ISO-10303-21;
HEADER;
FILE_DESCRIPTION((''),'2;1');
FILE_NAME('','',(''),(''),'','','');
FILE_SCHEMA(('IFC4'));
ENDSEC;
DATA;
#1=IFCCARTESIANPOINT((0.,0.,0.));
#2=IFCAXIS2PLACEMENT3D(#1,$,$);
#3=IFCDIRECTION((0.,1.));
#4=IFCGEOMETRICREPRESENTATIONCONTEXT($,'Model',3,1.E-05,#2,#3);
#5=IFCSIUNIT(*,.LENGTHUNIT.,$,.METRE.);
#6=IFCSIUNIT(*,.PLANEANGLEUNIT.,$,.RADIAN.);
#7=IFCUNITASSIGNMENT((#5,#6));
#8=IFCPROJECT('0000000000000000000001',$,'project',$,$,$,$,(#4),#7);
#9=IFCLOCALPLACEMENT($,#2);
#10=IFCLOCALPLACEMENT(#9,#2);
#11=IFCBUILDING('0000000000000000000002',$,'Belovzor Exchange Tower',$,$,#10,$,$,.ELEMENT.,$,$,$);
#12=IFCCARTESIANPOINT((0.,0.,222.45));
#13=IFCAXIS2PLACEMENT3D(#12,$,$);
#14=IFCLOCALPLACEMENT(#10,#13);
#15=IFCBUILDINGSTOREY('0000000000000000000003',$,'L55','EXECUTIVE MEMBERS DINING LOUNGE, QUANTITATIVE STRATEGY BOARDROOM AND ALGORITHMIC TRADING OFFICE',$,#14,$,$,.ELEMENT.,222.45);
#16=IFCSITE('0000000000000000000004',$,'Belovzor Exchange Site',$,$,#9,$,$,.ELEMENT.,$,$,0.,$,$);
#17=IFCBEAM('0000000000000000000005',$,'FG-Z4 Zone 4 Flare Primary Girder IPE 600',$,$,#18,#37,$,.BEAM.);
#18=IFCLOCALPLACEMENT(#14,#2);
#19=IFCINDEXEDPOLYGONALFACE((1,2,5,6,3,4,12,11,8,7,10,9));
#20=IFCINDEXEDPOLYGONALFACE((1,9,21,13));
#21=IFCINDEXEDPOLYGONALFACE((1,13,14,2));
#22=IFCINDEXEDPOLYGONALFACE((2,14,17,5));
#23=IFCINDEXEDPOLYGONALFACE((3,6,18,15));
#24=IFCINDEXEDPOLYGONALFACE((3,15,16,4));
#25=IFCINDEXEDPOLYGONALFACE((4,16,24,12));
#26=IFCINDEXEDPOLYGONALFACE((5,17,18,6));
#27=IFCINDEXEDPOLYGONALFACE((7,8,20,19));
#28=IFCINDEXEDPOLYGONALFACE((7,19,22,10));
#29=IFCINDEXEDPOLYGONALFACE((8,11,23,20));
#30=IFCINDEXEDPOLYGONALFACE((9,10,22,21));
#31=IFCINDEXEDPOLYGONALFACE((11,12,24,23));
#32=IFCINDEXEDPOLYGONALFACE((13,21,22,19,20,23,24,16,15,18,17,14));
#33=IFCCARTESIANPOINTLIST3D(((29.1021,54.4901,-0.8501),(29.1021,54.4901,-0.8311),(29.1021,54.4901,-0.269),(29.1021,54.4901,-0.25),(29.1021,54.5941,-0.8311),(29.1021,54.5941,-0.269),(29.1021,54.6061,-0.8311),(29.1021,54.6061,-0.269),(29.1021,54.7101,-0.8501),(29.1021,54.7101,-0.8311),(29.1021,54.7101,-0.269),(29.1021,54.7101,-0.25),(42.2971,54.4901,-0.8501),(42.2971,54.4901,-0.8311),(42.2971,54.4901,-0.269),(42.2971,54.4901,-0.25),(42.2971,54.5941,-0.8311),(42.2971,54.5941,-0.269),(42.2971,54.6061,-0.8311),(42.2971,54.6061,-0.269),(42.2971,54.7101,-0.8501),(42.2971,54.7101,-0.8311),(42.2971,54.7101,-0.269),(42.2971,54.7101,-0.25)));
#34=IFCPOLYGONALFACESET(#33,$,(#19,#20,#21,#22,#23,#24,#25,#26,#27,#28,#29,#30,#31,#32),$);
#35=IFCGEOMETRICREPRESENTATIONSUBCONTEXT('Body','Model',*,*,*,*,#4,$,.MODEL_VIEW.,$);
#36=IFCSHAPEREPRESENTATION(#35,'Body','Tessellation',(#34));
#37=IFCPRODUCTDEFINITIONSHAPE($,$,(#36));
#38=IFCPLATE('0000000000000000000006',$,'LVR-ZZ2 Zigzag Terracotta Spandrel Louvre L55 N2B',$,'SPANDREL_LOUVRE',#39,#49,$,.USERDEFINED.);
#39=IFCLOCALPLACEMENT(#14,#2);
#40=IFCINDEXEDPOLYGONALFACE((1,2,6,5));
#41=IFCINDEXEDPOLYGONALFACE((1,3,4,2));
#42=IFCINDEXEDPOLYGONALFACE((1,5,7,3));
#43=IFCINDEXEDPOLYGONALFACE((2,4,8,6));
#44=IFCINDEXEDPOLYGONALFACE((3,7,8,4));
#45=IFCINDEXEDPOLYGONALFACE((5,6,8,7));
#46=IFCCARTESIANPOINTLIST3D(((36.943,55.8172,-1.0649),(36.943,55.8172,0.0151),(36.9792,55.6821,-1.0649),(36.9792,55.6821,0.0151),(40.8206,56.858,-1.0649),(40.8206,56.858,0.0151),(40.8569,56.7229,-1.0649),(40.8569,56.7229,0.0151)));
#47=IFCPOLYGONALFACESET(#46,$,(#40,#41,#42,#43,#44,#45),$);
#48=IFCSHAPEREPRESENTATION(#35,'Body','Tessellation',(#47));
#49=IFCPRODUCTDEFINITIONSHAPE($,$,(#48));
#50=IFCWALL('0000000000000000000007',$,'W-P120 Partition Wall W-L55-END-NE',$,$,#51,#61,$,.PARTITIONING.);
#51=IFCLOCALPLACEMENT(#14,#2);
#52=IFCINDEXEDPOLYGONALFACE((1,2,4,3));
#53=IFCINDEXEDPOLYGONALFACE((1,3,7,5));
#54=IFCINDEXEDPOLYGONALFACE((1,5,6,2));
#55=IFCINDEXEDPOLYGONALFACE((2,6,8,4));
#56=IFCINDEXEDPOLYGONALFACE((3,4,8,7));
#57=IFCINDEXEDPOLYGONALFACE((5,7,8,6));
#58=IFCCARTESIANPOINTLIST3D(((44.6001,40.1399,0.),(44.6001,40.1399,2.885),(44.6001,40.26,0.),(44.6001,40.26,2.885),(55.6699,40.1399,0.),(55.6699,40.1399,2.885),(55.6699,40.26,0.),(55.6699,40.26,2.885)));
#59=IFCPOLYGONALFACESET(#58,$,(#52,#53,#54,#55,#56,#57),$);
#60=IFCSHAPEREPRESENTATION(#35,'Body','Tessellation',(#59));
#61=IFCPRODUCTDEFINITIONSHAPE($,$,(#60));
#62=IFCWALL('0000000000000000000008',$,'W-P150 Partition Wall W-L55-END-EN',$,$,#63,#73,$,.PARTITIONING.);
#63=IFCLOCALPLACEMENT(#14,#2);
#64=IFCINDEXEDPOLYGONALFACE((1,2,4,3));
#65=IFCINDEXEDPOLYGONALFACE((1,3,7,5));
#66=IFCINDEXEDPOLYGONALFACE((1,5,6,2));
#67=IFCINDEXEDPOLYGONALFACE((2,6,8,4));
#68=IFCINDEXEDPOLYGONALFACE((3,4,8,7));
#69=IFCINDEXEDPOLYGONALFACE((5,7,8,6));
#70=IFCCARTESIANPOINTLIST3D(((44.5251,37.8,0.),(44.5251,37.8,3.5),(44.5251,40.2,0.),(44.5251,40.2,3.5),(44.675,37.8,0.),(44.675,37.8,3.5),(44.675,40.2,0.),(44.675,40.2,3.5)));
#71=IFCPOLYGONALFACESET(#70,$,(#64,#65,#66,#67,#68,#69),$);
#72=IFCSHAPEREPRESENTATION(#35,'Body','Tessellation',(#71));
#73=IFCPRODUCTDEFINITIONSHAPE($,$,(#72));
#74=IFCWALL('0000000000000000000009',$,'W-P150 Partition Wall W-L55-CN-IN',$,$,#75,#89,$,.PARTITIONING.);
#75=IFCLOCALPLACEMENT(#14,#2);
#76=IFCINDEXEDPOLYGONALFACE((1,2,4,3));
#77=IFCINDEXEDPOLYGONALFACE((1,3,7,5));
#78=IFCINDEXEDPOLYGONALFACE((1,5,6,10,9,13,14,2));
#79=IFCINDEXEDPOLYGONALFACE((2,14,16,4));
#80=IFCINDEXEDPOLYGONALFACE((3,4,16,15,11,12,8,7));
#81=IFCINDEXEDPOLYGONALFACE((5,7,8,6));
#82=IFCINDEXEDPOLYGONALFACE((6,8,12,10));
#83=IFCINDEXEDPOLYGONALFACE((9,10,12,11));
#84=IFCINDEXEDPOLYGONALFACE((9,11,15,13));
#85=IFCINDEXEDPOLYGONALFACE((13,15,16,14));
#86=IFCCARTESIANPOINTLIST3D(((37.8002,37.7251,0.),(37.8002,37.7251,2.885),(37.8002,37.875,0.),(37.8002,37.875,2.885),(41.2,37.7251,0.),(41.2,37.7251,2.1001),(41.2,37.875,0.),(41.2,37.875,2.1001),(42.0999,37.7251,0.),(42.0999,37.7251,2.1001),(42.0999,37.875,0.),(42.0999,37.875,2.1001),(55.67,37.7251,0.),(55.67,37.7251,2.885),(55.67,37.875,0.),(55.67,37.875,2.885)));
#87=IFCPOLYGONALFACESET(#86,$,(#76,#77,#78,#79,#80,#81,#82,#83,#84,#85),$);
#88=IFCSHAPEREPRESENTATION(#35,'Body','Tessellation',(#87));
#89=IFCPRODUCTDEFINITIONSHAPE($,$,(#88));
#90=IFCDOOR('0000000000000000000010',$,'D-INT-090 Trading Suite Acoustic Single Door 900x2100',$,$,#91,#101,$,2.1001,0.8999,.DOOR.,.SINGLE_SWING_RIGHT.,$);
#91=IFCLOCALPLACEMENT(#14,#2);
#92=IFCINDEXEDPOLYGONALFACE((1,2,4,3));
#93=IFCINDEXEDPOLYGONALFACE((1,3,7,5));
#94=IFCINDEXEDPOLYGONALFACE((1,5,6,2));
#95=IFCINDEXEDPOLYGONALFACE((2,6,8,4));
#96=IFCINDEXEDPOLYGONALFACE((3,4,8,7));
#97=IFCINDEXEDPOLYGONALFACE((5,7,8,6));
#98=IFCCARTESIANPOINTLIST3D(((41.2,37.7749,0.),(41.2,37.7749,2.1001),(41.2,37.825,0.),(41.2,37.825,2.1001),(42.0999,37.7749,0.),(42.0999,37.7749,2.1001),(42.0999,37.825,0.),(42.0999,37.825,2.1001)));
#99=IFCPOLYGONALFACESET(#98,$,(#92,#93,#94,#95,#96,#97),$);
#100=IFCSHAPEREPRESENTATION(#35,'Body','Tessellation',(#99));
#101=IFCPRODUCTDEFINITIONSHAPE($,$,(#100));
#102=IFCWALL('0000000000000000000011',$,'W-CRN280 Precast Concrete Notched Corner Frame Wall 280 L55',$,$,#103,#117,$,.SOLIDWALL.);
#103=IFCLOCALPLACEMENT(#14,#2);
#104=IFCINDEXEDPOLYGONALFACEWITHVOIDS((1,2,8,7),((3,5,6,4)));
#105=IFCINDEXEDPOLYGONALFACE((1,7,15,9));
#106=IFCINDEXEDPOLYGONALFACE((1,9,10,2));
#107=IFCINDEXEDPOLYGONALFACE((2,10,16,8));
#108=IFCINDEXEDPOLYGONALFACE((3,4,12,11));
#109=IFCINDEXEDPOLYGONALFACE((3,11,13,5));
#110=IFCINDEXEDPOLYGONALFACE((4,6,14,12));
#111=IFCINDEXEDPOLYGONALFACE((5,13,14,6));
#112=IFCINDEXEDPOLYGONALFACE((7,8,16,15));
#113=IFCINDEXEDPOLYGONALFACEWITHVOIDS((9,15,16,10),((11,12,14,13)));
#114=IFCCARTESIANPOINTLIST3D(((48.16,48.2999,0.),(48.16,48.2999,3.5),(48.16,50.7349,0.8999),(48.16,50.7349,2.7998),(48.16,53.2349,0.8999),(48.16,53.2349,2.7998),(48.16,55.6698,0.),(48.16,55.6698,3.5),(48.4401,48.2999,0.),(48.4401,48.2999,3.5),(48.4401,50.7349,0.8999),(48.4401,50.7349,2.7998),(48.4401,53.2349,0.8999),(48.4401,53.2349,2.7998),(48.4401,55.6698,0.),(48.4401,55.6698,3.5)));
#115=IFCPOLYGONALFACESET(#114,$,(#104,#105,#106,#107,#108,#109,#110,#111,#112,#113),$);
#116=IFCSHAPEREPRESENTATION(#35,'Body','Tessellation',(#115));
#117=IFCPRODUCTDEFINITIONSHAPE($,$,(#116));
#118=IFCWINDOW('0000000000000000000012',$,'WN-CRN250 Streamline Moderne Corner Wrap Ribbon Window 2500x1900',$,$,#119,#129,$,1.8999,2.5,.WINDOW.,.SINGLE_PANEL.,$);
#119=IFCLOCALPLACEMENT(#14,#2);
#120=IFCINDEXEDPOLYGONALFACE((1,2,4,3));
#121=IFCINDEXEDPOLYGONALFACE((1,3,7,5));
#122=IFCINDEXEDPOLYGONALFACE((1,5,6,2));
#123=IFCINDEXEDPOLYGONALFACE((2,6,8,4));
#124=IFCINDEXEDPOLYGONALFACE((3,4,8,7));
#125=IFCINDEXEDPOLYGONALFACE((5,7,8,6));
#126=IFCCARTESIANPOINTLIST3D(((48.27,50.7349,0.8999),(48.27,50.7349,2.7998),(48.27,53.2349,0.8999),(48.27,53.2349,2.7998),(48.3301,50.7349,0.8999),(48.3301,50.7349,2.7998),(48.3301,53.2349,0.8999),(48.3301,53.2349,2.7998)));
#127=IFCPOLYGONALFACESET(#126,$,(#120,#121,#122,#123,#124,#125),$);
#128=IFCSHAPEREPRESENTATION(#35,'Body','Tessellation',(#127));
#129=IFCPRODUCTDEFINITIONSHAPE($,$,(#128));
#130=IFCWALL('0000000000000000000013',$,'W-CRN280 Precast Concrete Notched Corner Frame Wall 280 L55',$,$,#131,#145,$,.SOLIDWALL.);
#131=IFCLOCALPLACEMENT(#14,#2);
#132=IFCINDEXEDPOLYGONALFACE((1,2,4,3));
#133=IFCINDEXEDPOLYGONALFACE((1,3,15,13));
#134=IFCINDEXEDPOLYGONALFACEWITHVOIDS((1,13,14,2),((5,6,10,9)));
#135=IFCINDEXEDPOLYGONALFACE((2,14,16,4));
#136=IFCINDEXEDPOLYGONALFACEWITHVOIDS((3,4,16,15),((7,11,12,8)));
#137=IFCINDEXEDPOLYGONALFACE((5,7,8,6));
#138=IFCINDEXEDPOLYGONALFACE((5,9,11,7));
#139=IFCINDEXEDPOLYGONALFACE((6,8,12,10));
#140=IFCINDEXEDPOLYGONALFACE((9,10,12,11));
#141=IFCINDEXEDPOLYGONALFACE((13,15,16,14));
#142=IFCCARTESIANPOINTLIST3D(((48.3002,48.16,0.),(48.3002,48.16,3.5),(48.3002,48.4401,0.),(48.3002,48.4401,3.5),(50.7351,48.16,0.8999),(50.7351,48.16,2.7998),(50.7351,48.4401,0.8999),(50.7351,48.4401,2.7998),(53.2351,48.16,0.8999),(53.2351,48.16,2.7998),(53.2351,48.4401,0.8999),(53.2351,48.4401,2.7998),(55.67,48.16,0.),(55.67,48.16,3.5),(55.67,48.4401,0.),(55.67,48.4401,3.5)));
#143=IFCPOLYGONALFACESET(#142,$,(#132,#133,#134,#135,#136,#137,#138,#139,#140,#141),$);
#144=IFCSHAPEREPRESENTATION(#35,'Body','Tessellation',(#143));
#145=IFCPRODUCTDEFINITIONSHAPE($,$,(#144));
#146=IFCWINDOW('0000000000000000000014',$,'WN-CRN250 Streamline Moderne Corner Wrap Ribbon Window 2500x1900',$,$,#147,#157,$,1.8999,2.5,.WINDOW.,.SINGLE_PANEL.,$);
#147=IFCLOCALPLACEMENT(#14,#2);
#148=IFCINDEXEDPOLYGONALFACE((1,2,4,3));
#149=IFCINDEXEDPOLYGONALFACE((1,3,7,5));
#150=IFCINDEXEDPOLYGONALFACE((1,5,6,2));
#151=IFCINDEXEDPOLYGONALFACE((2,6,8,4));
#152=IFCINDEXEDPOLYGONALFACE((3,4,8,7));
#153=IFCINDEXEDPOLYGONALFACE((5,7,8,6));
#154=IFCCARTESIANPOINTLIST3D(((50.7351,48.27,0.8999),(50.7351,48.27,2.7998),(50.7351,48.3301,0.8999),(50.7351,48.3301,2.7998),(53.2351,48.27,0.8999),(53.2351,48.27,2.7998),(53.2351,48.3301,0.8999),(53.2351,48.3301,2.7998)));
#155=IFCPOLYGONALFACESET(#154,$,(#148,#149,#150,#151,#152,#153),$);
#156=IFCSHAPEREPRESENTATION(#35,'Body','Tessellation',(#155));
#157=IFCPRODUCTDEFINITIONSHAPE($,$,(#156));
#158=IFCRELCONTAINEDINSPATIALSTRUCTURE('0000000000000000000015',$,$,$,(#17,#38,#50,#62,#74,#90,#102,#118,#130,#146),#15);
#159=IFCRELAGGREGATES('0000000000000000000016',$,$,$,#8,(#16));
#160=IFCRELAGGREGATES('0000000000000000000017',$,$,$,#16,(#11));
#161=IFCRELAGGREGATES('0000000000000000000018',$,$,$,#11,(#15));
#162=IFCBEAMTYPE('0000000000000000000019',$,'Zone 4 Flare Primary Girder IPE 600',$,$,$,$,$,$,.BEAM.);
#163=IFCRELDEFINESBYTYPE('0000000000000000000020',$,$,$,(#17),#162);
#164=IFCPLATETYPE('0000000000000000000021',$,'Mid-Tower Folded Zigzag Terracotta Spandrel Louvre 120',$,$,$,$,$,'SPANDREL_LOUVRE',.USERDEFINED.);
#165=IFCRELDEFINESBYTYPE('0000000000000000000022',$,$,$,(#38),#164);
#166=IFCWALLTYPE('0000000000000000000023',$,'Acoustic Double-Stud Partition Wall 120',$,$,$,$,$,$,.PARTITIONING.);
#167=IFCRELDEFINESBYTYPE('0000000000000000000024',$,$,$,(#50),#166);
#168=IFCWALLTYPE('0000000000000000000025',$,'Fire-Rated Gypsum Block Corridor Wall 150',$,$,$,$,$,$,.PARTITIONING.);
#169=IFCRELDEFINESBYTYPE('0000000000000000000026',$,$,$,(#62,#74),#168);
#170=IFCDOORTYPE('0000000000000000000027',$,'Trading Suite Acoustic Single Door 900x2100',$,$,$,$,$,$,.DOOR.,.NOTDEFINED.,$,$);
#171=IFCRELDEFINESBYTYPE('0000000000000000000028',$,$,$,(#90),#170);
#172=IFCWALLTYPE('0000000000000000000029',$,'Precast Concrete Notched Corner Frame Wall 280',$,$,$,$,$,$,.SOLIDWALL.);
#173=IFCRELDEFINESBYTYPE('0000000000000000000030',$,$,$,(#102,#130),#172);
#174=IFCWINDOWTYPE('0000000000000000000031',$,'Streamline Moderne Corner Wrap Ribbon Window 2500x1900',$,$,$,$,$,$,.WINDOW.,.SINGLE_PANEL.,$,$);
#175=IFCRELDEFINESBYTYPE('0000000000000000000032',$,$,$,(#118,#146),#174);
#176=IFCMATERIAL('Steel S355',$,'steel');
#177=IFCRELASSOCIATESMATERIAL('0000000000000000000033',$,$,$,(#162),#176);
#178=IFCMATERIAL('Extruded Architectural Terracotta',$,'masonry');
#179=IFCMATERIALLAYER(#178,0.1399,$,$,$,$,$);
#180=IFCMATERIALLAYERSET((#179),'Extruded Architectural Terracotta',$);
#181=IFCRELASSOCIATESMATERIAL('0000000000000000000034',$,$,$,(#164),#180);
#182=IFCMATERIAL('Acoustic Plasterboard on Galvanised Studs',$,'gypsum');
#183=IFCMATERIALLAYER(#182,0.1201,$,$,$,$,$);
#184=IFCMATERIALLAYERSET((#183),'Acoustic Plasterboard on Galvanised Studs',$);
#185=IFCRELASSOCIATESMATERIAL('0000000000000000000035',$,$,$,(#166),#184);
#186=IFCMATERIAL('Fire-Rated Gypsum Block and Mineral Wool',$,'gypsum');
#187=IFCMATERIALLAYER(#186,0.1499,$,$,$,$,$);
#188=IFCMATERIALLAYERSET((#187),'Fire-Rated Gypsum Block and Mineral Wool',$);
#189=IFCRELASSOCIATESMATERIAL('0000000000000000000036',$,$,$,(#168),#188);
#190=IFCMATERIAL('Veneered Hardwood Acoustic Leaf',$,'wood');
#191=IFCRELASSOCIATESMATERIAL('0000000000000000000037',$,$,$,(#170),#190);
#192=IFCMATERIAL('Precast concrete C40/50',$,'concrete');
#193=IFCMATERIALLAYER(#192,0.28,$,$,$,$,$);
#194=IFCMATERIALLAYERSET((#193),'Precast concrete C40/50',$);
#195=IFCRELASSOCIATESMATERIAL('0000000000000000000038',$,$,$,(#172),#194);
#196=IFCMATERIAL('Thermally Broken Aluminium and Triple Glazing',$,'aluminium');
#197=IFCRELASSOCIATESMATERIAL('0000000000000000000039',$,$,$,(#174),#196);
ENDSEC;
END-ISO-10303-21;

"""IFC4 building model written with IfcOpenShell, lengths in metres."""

from ifc_helpers import new_model, si_unit, direction, frame, frame_2d, origin, origin_2d, place, context, subcontext, project, spatial, rectangle, i_section, extrude, material, layer, layer_set, material_profile, profile_set, type_object, element, fill, save


model = new_model("IFC4")

# Units and contexts
model_context = context("Model", 3, precision=1e-05, world=origin(), true_north=direction((0.0, 1.0)))
body_context = subcontext(model_context, "Body", "Model", "MODEL_VIEW")
ifc_project = project(units=[si_unit("LENGTHUNIT", "METRE"), si_unit("PLANEANGLEUNIT", "RADIAN")], contexts=[model_context])

# Site, building, storey
site_placement = place(None, origin())
site = spatial("IfcSite", under=ifc_project, at=site_placement, Name="Belovzor Exchange Site", CompositionType="ELEMENT", RefElevation=0.0)
building_placement = place(site_placement, origin())
building = spatial("IfcBuilding", under=site, at=building_placement, Name="Belovzor Exchange Tower", CompositionType="ELEMENT")
storey_placement = place(building_placement, frame((0.0, 0.0, 222.45)))
storey = spatial("IfcBuildingStorey", under=building, at=storey_placement, Name="L55", Description="EXECUTIVE MEMBERS DINING LOUNGE, QUANTITATIVE STRATEGY BOARDROOM AND ALGORITHMIC TRADING OFFICE", CompositionType="ELEMENT", Elevation=222.45)

# Beam
ifc_material_1 = material(Name="Steel S355", Category="steel")
ifc_material_profile_1 = material_profile(ifc_material_1, i_section(OverallWidth=0.22, OverallDepth=0.6001, WebThickness=0.012, FlangeThickness=0.019, at=origin_2d()))
ifc_profile_set_1 = profile_set([ifc_material_profile_1], Name="Steel S355")
beam_type_1 = type_object("IfcBeamType", Name="Zone 4 Flare Primary Girder IPE 600", PredefinedType="BEAM", material=ifc_profile_set_1)
beam_1_placement = place(storey_placement, frame((42.2971, 54.6001, -0.55), z_axis=(-1.0, 0.0, 0.0), x_axis=(0.0, -1.0, 0.0)))
element("IfcBeam", 1, at=beam_1_placement, inside=storey, type_object=beam_type_1, Name="FG-Z4 Zone 4 Flare Primary Girder IPE 600", PredefinedType="BEAM", context=body_context, shape_type="SweptSolid", body=[
    extrude(i_section(OverallWidth=0.22, OverallDepth=0.6001, WebThickness=0.012, FlangeThickness=0.019, at=origin_2d()), origin(), (0.0, 0.0, 1.0), 13.1951),
])

# Plate
ifc_material_2 = material(Name="Extruded Architectural Terracotta", Category="masonry")
ifc_layer_1 = layer(ifc_material_2, 0.1399)
ifc_layer_set_1 = layer_set([ifc_layer_1], Name="Extruded Architectural Terracotta")
plate_type = type_object("IfcPlateType", Name="Mid-Tower Folded Zigzag Terracotta Spandrel Louvre 120", ElementType="SPANDREL_LOUVRE", PredefinedType="USERDEFINED", material=ifc_layer_set_1)
plate_placement = place(storey_placement, frame((38.8999, 56.27, -1.0649), z_axis=(0.0, 0.0, 1.0), x_axis=(0.965813, 0.25924, 0.0)))
element("IfcPlate", 2, at=plate_placement, inside=storey, type_object=plate_type, Name="LVR-ZZ2 Zigzag Terracotta Spandrel Louvre L55 N2B", ObjectType="SPANDREL_LOUVRE", PredefinedType="USERDEFINED", context=body_context, shape_type="SweptSolid", body=[
    extrude(rectangle(XDim=4.0149, YDim=0.1399, at=origin_2d()), origin(), (0.0, 0.0, 1.0), 1.0801),
])

# Walls
ifc_material_3 = material(Name="Acoustic Plasterboard on Galvanised Studs", Category="gypsum")
ifc_layer_2 = layer(ifc_material_3, 0.1201)
ifc_layer_set_2 = layer_set([ifc_layer_2], Name="Acoustic Plasterboard on Galvanised Studs")
wall_type_1 = type_object("IfcWallType", Name="Acoustic Double-Stud Partition Wall 120", PredefinedType="PARTITIONING", material=ifc_layer_set_2)
wall_1_placement = place(storey_placement, frame((44.6001, 40.2, 0.0), z_axis=(0.0, 0.0, 1.0), x_axis=(1.0, 0.0, 0.0)))
element("IfcWall", 3, at=wall_1_placement, inside=storey, type_object=wall_type_1, Name="W-P120 Partition Wall W-L55-END-NE", PredefinedType="PARTITIONING", context=body_context, shape_type="SweptSolid", body=[
    extrude(rectangle(XDim=11.0698, YDim=0.1201, at=frame_2d((5.5349, 0.0))), origin(), (0.0, 0.0, 1.0), 2.885),
])
ifc_material_4 = material(Name="Fire-Rated Gypsum Block and Mineral Wool", Category="gypsum")
ifc_layer_3 = layer(ifc_material_4, 0.1499)
ifc_layer_set_3 = layer_set([ifc_layer_3], Name="Fire-Rated Gypsum Block and Mineral Wool")
wall_type_2 = type_object("IfcWallType", Name="Fire-Rated Gypsum Block Corridor Wall 150", PredefinedType="PARTITIONING", material=ifc_layer_set_3)
wall_2_placement = place(storey_placement, frame((44.6001, 37.8, 0.0), z_axis=(0.0, 0.0, 1.0), x_axis=(0.0, 1.0, 0.0)))
element("IfcWall", 4, at=wall_2_placement, inside=storey, type_object=wall_type_2, Name="W-P150 Partition Wall W-L55-END-EN", PredefinedType="PARTITIONING", context=body_context, shape_type="SweptSolid", body=[
    extrude(rectangle(XDim=2.3999, YDim=0.1499, at=frame_2d((1.2, 0.0))), origin(), (0.0, 0.0, 1.0), 3.5),
])

# Wall, opening, door
wall_3_placement = place(storey_placement, frame((37.8, 37.8, 0.0), z_axis=(0.0, 0.0, 1.0), x_axis=(1.0, 0.0, 0.0)))
wall_3 = element("IfcWall", 5, at=wall_3_placement, inside=storey, type_object=wall_type_2, Name="W-P150 Partition Wall W-L55-CN-IN", PredefinedType="PARTITIONING", context=body_context, shape_type="SweptSolid", body=[
    extrude(rectangle(XDim=17.8699, YDim=0.1499, at=frame_2d((8.9351, 0.0))), origin(), (0.0, 0.0, 1.0), 2.885),
])
opening_1_placement = place(wall_3_placement, frame((3.3999, 0.0, 0.0)))
opening_1 = element("IfcOpeningElement", 6, at=opening_1_placement, cuts=wall_3, PredefinedType="OPENING", context=body_context, shape_type="SweptSolid", body=[
    extrude(rectangle(XDim=0.8999, YDim=2.1001, at=frame_2d((0.45, 1.05))), frame((0.0, 0.085, 0.0), z_axis=(0.0, -1.0, 0.0), x_axis=(1.0, 0.0, 0.0)), (0.0, 0.0, 1.0), 0.1699),
])
ifc_material_5 = material(Name="Veneered Hardwood Acoustic Leaf", Category="wood")
door_type_1 = type_object("IfcDoorType", Name="Trading Suite Acoustic Single Door 900x2100", OperationType="NOTDEFINED", PredefinedType="DOOR", material=ifc_material_5)
door_1_placement = place(opening_1_placement, origin())
door_1 = element("IfcDoor", 7, at=door_1_placement, inside=storey, type_object=door_type_1, Name="D-INT-090 Trading Suite Acoustic Single Door 900x2100", OperationType="SINGLE_SWING_RIGHT", OverallHeight=2.1001, OverallWidth=0.8999, PredefinedType="DOOR", context=body_context, shape_type="SweptSolid", body=[
    extrude(rectangle(XDim=0.8999, YDim=2.1001, at=frame_2d((0.45, 1.05))), frame((0.0, 0.0249, 0.0), z_axis=(0.0, -1.0, 0.0), x_axis=(1.0, 0.0, 0.0)), (0.0, 0.0, 1.0), 0.05),
])
fill(opening_1, door_1)

# Walls, openings, windows
ifc_material_6 = material(Name="Precast concrete C40/50", Category="concrete")
ifc_layer_4 = layer(ifc_material_6, 0.28)
ifc_layer_set_4 = layer_set([ifc_layer_4], Name="Precast concrete C40/50")
wall_type_3 = type_object("IfcWallType", Name="Precast Concrete Notched Corner Frame Wall 280", PredefinedType="SOLIDWALL", material=ifc_layer_set_4)
wall_4_placement = place(storey_placement, frame((48.3, 55.6699, 0.0), z_axis=(0.0, 0.0, 1.0), x_axis=(0.0, -1.0, 0.0)))
wall_4 = element("IfcWall", 8, at=wall_4_placement, inside=storey, type_object=wall_type_3, Name="W-CRN280 Precast Concrete Notched Corner Frame Wall 280 L55", PredefinedType="SOLIDWALL", context=body_context, shape_type="SweptSolid", body=[
    extrude(rectangle(XDim=7.3699, YDim=0.28, at=frame_2d((3.6851, 0.0))), origin(), (0.0, 0.0, 1.0), 3.5),
])
opening_2_placement = place(wall_4_placement, frame((2.4351, 0.0, 0.8999)))
opening_2 = element("IfcOpeningElement", 9, at=opening_2_placement, cuts=wall_4, PredefinedType="OPENING", context=body_context, shape_type="SweptSolid", body=[
    extrude(rectangle(XDim=2.5, YDim=1.8999, at=frame_2d((1.25, 0.95))), frame((0.0, 0.1499, 0.0), z_axis=(0.0, -1.0, 0.0), x_axis=(1.0, 0.0, 0.0)), (0.0, 0.0, 1.0), 0.3),
])
ifc_material_7 = material(Name="Thermally Broken Aluminium and Triple Glazing", Category="aluminium")
window_type = type_object("IfcWindowType", Name="Streamline Moderne Corner Wrap Ribbon Window 2500x1900", PartitioningType="SINGLE_PANEL", PredefinedType="WINDOW", material=ifc_material_7)
window_1_placement = place(opening_2_placement, origin())
window_1 = element("IfcWindow", 10, at=window_1_placement, inside=storey, type_object=window_type, Name="WN-CRN250 Streamline Moderne Corner Wrap Ribbon Window 2500x1900", OverallHeight=1.8999, OverallWidth=2.5, PartitioningType="SINGLE_PANEL", PredefinedType="WINDOW", context=body_context, shape_type="SweptSolid", body=[
    extrude(rectangle(XDim=2.5, YDim=1.8999, at=frame_2d((1.25, 0.95))), frame((0.0, 0.03, 0.0), z_axis=(0.0, -1.0, 0.0), x_axis=(1.0, 0.0, 0.0)), (0.0, 0.0, 1.0), 0.0601),
])
fill(opening_2, window_1)
wall_5_placement = place(storey_placement, frame((48.3, 48.3, 0.0), z_axis=(0.0, 0.0, 1.0), x_axis=(1.0, 0.0, 0.0)))
wall_5 = element("IfcWall", 11, at=wall_5_placement, inside=storey, type_object=wall_type_3, Name="W-CRN280 Precast Concrete Notched Corner Frame Wall 280 L55", PredefinedType="SOLIDWALL", context=body_context, shape_type="SweptSolid", body=[
    extrude(rectangle(XDim=7.3699, YDim=0.28, at=frame_2d((3.6851, 0.0))), origin(), (0.0, 0.0, 1.0), 3.5),
])
opening_3_placement = place(wall_5_placement, frame((2.4351, 0.0, 0.8999)))
opening_3 = element("IfcOpeningElement", 12, at=opening_3_placement, cuts=wall_5, PredefinedType="OPENING", context=body_context, shape_type="SweptSolid", body=[
    extrude(rectangle(XDim=2.5, YDim=1.8999, at=frame_2d((1.25, 0.95))), frame((0.0, 0.1499, 0.0), z_axis=(0.0, -1.0, 0.0), x_axis=(1.0, 0.0, 0.0)), (0.0, 0.0, 1.0), 0.3),
])
window_2_placement = place(opening_3_placement, origin())
window_2 = element("IfcWindow", 13, at=window_2_placement, inside=storey, type_object=window_type, Name="WN-CRN250 Streamline Moderne Corner Wrap Ribbon Window 2500x1900", OverallHeight=1.8999, OverallWidth=2.5, PartitioningType="SINGLE_PANEL", PredefinedType="WINDOW", context=body_context, shape_type="SweptSolid", body=[
    extrude(rectangle(XDim=2.5, YDim=1.8999, at=frame_2d((1.25, 0.95))), frame((0.0, 0.03, 0.0), z_axis=(0.0, -1.0, 0.0), x_axis=(1.0, 0.0, 0.0)), (0.0, 0.0, 1.0), 0.0601),
])
fill(opening_3, window_2)

save(model, "model.ifc")
